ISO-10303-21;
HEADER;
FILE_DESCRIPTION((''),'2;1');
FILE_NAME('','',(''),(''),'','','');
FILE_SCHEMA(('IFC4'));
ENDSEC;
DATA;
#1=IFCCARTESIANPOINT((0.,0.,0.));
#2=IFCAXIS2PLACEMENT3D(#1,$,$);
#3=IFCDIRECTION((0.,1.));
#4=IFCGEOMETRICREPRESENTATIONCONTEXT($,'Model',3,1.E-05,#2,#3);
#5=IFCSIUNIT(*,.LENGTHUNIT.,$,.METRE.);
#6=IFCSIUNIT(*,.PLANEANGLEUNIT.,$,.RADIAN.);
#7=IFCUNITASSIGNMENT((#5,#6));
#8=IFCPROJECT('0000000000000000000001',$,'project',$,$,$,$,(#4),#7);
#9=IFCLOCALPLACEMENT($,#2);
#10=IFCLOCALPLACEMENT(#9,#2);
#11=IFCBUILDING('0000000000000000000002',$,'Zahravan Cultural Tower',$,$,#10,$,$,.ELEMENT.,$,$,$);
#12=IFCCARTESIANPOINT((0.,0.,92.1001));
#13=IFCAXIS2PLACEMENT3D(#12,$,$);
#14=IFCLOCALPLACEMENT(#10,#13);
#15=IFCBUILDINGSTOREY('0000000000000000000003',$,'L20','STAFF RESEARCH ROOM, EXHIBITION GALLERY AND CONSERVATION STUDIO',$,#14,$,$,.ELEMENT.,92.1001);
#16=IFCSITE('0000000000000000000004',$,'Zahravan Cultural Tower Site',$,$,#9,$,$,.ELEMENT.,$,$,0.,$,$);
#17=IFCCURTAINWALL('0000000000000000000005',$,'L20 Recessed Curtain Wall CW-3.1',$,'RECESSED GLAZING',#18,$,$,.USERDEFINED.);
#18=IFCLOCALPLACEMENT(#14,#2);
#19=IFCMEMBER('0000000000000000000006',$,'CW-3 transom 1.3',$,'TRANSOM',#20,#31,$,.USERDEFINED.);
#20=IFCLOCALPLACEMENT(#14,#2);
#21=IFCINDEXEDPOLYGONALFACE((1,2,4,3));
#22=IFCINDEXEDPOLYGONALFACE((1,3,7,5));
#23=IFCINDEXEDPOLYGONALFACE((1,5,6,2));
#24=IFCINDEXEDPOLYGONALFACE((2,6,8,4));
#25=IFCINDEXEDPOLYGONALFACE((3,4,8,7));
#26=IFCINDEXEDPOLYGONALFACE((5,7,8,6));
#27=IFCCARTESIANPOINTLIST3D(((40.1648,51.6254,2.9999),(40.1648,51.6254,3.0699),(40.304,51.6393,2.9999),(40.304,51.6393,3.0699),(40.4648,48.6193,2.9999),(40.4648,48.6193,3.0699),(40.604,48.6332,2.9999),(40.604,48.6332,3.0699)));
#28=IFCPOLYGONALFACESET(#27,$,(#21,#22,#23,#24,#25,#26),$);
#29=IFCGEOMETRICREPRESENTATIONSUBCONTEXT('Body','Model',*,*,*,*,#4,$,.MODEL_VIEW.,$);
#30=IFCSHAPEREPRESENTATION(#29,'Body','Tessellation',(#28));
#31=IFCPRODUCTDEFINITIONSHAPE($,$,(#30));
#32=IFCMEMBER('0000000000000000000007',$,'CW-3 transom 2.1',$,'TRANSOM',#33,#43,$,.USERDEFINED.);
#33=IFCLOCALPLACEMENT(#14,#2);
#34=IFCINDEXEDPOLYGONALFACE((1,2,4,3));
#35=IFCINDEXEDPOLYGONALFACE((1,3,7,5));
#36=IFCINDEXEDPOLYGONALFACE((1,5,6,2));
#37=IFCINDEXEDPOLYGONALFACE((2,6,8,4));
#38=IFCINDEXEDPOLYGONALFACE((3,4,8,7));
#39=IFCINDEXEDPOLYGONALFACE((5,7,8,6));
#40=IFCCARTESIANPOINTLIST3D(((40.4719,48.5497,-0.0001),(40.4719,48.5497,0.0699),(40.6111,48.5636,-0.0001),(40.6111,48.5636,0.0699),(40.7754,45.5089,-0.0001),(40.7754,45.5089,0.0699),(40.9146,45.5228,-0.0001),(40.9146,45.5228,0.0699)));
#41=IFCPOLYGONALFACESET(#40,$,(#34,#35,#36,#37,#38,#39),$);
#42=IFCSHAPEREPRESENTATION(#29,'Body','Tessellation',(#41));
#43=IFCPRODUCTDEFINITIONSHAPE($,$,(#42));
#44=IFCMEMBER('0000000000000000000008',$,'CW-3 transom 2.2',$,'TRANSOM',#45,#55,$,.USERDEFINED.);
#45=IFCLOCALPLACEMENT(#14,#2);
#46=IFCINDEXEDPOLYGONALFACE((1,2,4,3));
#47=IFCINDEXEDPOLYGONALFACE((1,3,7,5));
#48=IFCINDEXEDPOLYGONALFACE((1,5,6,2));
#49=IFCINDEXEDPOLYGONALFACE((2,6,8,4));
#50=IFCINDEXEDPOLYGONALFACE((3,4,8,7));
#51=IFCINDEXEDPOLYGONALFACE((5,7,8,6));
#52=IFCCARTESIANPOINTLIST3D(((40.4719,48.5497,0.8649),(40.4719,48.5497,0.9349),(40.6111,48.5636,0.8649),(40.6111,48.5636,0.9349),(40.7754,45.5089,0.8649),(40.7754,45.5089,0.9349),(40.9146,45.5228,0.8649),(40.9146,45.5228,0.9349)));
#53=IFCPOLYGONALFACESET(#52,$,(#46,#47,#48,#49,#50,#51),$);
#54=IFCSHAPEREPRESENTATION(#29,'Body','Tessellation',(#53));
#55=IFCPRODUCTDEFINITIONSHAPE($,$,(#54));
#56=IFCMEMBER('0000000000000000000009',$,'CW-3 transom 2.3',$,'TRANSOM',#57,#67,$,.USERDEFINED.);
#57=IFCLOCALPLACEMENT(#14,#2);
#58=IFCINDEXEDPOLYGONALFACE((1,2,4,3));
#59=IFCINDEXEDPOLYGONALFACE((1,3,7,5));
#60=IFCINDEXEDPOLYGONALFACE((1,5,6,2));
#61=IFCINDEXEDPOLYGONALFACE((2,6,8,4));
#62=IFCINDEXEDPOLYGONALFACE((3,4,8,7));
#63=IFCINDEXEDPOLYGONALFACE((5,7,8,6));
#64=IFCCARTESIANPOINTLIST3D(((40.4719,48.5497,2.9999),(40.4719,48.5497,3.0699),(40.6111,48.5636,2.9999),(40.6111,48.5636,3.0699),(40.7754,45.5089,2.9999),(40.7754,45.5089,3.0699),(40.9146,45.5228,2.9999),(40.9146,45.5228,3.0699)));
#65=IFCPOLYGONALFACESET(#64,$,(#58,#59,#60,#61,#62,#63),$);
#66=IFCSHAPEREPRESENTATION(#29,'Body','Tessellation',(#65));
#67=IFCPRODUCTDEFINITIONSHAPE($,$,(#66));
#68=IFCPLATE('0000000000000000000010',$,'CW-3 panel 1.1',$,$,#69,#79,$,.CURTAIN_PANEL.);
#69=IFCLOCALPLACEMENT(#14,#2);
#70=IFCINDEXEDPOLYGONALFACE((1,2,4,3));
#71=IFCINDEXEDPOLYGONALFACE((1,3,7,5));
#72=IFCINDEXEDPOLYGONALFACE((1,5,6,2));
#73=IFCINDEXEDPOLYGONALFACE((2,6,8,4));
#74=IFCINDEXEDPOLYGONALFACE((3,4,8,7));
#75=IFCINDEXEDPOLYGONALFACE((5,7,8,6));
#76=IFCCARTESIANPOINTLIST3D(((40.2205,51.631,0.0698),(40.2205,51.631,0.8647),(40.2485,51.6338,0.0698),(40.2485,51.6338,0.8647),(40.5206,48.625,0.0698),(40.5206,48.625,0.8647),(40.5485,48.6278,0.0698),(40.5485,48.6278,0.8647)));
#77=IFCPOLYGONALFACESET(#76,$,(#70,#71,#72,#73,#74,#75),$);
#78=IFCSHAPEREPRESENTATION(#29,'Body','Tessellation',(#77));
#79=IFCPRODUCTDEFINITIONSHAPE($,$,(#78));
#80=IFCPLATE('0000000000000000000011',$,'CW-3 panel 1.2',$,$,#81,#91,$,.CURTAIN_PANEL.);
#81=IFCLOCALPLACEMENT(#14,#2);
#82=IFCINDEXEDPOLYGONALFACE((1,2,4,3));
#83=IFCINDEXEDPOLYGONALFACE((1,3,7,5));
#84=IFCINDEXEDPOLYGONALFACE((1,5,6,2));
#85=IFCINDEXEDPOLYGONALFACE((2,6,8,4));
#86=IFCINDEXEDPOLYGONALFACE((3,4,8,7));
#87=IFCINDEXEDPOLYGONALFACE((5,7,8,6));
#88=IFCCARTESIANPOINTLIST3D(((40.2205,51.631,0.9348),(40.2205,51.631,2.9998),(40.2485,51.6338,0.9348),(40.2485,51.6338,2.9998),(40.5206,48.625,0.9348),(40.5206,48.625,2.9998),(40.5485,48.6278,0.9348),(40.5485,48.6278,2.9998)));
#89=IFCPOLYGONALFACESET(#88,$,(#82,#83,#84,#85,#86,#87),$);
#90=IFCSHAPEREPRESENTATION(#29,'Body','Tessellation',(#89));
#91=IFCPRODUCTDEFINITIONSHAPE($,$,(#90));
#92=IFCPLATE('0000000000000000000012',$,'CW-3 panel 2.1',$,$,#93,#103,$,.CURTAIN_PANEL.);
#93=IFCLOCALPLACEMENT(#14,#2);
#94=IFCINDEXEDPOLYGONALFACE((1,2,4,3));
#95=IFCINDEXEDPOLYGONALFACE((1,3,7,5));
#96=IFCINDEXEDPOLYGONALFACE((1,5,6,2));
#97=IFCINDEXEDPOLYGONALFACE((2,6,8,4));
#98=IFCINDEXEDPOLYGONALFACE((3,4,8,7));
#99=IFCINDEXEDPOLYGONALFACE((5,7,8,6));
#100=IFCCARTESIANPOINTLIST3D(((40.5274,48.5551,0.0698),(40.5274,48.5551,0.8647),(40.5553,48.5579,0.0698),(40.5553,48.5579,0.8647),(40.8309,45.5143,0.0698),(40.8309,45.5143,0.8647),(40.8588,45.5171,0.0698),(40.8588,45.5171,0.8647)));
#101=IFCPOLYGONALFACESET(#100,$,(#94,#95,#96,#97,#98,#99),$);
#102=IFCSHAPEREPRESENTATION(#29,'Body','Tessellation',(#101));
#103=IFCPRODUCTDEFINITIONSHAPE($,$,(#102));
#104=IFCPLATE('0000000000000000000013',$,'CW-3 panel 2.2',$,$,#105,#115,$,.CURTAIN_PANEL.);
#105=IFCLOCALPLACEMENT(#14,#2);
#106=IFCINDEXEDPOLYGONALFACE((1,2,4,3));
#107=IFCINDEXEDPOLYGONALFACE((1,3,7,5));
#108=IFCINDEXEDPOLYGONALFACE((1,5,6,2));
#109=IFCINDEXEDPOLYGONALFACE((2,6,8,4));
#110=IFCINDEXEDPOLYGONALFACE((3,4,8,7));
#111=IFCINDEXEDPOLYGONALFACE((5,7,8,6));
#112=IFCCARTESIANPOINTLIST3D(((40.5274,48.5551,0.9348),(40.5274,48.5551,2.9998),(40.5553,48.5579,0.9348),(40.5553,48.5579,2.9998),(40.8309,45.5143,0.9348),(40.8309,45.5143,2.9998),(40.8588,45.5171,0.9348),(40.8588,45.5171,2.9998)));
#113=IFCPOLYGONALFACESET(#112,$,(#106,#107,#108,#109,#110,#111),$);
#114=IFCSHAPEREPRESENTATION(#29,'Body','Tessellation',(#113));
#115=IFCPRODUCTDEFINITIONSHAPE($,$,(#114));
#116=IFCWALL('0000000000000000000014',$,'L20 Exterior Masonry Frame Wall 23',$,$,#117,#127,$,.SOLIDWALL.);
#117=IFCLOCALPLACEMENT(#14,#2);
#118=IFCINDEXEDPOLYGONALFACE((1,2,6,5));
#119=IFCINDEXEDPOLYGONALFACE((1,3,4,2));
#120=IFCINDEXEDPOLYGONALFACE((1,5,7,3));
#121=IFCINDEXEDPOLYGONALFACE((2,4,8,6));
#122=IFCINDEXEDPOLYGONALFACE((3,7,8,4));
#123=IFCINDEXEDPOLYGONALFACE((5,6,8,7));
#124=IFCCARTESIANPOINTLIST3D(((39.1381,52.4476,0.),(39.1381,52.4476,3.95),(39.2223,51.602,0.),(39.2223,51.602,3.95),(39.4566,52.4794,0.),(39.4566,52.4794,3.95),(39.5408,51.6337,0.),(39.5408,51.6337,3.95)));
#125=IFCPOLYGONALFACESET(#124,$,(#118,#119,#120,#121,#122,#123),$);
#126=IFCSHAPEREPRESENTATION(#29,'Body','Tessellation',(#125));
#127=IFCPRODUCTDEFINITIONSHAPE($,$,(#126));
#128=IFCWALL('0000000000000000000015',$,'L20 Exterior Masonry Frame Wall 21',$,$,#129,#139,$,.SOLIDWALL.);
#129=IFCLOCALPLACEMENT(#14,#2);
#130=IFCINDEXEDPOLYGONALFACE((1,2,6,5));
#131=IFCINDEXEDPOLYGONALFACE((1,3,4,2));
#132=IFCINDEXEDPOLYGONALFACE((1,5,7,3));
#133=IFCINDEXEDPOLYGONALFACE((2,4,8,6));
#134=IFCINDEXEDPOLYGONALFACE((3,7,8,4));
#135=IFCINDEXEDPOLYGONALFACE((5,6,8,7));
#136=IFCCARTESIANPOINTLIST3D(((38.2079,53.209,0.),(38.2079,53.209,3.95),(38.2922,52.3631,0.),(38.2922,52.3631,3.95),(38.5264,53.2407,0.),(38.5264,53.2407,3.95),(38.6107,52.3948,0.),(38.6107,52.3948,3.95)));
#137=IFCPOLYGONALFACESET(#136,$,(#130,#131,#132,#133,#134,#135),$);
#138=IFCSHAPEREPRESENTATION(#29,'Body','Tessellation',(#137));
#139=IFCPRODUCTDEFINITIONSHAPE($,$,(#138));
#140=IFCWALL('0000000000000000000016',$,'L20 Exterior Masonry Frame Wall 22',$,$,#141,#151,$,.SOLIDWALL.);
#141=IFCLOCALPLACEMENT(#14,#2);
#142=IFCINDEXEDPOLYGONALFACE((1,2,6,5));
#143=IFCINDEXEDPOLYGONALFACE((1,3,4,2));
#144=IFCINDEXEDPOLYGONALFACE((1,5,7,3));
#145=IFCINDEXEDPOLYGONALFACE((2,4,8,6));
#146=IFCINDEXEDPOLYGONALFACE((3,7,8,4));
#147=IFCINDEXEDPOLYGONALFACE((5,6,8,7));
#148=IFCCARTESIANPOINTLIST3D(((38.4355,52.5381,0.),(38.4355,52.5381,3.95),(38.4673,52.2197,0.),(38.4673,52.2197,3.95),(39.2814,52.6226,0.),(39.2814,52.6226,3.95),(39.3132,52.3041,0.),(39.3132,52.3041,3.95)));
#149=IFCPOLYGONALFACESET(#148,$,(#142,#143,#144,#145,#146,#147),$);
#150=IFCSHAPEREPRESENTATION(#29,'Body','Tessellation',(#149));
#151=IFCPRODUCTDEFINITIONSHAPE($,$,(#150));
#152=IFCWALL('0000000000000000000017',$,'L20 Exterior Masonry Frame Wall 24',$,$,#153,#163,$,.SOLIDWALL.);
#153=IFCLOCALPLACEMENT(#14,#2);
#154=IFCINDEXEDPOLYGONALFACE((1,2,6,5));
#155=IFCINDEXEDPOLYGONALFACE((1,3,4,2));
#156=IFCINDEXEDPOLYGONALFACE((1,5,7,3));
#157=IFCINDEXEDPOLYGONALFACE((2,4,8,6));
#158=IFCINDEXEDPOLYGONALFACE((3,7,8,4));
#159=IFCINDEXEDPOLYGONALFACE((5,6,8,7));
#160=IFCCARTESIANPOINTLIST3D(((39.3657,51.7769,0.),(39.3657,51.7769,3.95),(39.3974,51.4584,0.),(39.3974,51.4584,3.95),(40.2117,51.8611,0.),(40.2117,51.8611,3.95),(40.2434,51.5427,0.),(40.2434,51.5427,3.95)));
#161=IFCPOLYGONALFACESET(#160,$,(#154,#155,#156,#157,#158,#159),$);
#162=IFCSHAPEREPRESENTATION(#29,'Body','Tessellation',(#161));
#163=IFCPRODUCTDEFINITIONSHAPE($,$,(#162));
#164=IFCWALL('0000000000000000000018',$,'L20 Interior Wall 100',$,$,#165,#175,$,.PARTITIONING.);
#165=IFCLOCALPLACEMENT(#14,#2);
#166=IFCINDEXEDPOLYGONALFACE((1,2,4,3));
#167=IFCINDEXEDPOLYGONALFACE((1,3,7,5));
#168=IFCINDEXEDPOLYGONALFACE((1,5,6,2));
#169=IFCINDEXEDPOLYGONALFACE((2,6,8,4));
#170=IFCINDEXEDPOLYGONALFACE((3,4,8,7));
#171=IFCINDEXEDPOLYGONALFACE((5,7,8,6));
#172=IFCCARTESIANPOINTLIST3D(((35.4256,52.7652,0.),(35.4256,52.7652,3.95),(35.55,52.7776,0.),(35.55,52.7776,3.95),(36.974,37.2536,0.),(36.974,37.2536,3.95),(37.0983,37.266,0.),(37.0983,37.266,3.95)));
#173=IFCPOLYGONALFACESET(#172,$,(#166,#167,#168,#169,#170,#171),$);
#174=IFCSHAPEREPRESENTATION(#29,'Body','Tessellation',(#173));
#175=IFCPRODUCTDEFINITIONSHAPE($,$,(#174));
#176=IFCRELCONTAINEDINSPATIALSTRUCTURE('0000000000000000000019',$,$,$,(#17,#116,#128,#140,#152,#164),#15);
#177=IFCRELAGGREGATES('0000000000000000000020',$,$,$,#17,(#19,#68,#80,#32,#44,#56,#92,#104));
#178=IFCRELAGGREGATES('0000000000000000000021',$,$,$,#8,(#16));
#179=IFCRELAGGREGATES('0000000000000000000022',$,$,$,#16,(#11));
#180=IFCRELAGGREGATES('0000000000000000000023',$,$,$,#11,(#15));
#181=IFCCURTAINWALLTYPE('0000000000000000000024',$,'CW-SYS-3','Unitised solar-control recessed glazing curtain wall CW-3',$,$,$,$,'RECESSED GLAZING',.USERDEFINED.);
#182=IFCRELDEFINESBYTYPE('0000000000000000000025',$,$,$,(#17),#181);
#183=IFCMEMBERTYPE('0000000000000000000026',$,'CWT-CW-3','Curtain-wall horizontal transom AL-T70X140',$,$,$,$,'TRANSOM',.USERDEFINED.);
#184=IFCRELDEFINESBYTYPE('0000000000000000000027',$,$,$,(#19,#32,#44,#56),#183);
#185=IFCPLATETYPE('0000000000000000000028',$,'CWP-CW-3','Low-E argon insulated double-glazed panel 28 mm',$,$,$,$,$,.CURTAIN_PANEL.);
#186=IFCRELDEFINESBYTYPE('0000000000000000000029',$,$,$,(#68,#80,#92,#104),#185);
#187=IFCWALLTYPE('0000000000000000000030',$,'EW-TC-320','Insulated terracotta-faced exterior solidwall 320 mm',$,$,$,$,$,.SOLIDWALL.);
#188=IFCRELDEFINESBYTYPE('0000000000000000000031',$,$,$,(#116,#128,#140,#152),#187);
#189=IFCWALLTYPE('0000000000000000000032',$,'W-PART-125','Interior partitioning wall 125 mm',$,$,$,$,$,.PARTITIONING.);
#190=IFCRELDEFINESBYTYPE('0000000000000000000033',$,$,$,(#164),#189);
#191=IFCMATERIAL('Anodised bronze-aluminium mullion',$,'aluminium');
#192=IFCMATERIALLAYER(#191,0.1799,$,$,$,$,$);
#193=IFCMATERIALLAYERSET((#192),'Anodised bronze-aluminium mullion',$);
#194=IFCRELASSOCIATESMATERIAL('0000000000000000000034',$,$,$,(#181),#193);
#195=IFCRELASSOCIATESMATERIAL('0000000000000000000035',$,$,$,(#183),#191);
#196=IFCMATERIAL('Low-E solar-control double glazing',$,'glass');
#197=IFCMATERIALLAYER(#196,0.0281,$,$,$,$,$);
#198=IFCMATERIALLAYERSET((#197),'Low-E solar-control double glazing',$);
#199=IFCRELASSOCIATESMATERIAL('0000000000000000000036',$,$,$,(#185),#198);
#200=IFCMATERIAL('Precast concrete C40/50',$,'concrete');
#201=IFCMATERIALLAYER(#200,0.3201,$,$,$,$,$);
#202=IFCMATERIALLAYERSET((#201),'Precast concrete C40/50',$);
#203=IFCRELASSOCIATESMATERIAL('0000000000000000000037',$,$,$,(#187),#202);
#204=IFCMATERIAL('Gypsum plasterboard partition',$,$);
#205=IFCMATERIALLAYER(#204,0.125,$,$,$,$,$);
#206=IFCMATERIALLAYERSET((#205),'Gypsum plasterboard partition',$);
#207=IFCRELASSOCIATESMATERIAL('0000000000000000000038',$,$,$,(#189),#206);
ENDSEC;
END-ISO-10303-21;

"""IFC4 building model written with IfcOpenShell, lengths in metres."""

from ifc_helpers import new_model, si_unit, direction, frame, frame_2d, origin, origin_2d, place, context, subcontext, project, spatial, rectangle, extrude, source, transform, mapped, material, layer, layer_set, material_profile, profile_set, type_object, element, aggregate, save


model = new_model("IFC4")

# Units and contexts
model_context = context("Model", 3, precision=1e-05, world=origin(), true_north=direction((0.0, 1.0)))
body_context = subcontext(model_context, "Body", "Model", "MODEL_VIEW")
ifc_project = project(units=[si_unit("LENGTHUNIT", "METRE"), si_unit("PLANEANGLEUNIT", "RADIAN")], contexts=[model_context])

# Site, building, storey
site_placement = place(None, origin())
site = spatial("IfcSite", under=ifc_project, at=site_placement, Name="Zahravan Cultural Tower Site", CompositionType="ELEMENT", RefElevation=0.0)
building_placement = place(site_placement, origin())
building = spatial("IfcBuilding", under=site, at=building_placement, Name="Zahravan Cultural Tower", CompositionType="ELEMENT")
storey_placement = place(building_placement, frame((0.0, 0.0, 92.1001)))
storey = spatial("IfcBuildingStorey", under=building, at=storey_placement, Name="L20", Description="STAFF RESEARCH ROOM, EXHIBITION GALLERY AND CONSERVATION STUDIO", CompositionType="ELEMENT", Elevation=92.1001)

# Curtain wall, members, plates
ifc_material_1 = material(Name="Anodised bronze-aluminium mullion", Category="aluminium")
ifc_layer_1 = layer(ifc_material_1, 0.1799)
ifc_layer_set_1 = layer_set([ifc_layer_1], Name="Anodised bronze-aluminium mullion")
curtain_wall_type = type_object("IfcCurtainWallType", Name="CW-SYS-3", Description="Unitised solar-control recessed glazing curtain wall CW-3", ElementType="RECESSED GLAZING", PredefinedType="USERDEFINED", material=ifc_layer_set_1)
curtain_wall_placement = place(storey_placement, origin())
curtain_wall = element("IfcCurtainWall", 1, at=curtain_wall_placement, inside=storey, type_object=curtain_wall_type, Name="L20 Recessed Curtain Wall CW-3.1", ObjectType="RECESSED GLAZING", PredefinedType="USERDEFINED")
ifc_material_profile_1 = material_profile(ifc_material_1, rectangle(XDim=0.1399, YDim=0.0701, at=origin_2d()), Name="AL-T70X140")
ifc_profile_set_1 = profile_set([ifc_material_profile_1], Name="Anodised bronze-aluminium mullion")
member_type_1 = type_object("IfcMemberType", Name="CWT-CW-3", Description="Curtain-wall horizontal transom AL-T70X140", ElementType="TRANSOM", PredefinedType="USERDEFINED", material=ifc_profile_set_1)
shared_shape_1 = source(origin(), body_context, "Body", "SweptSolid", [
    extrude(rectangle(XDim=0.1399, YDim=0.0701, at=origin_2d()), origin(), (0.0, 0.0, 1.0), 3.021),
])
member_1_placement = place(storey_placement, frame((40.2344, 51.6323, 3.0349), z_axis=(0.09932, -0.995056, 0.0), x_axis=(0.995056, 0.09932, 0.0)))
member_1 = element("IfcMember", 2, at=member_1_placement, type_object=member_type_1, Name="CW-3 transom 1.3", ObjectType="TRANSOM", PredefinedType="USERDEFINED", context=body_context, shape_type="MappedRepresentation", body=[
    mapped(shared_shape_1, transform((0.0, 0.0, 0.0), x_axis=(1.0, 0.0, 0.0), y_axis=(0.0, 1.0, 0.0), z_axis=(0.0, 0.0, 1.0), scale=1.0)),
])
shared_shape_2 = source(origin(), body_context, "Body", "SweptSolid", [
    extrude(rectangle(XDim=0.1399, YDim=0.0701, at=origin_2d()), origin(), (0.0, 0.0, 1.0), 3.0559),
])
member_2_placement = place(storey_placement, frame((40.5415, 48.5566, 0.0349), z_axis=(0.099306, -0.995057, 0.0), x_axis=(0.995057, 0.099306, 0.0)))
member_2 = element("IfcMember", 3, at=member_2_placement, type_object=member_type_1, Name="CW-3 transom 2.1", ObjectType="TRANSOM", PredefinedType="USERDEFINED", context=body_context, shape_type="MappedRepresentation", body=[
    mapped(shared_shape_2, transform((0.0, 0.0, 0.0), x_axis=(1.0, 0.0, 0.0), y_axis=(0.0, 1.0, 0.0), z_axis=(0.0, 0.0, 1.0), scale=1.0)),
])
member_3_placement = place(storey_placement, frame((40.5415, 48.5566, 0.8999), z_axis=(0.099306, -0.995057, 0.0), x_axis=(0.995057, 0.099306, 0.0)))
member_3 = element("IfcMember", 4, at=member_3_placement, type_object=member_type_1, Name="CW-3 transom 2.2", ObjectType="TRANSOM", PredefinedType="USERDEFINED", context=body_context, shape_type="MappedRepresentation", body=[
    mapped(shared_shape_2, transform((0.0, 0.0, 0.0), x_axis=(1.0, 0.0, 0.0), y_axis=(0.0, 1.0, 0.0), z_axis=(0.0, 0.0, 1.0), scale=1.0)),
])
member_4_placement = place(storey_placement, frame((40.5415, 48.5566, 3.0349), z_axis=(0.099306, -0.995057, 0.0), x_axis=(0.995057, 0.099306, 0.0)))
member_4 = element("IfcMember", 5, at=member_4_placement, type_object=member_type_1, Name="CW-3 transom 2.3", ObjectType="TRANSOM", PredefinedType="USERDEFINED", context=body_context, shape_type="MappedRepresentation", body=[
    mapped(shared_shape_2, transform((0.0, 0.0, 0.0), x_axis=(1.0, 0.0, 0.0), y_axis=(0.0, 1.0, 0.0), z_axis=(0.0, 0.0, 1.0), scale=1.0)),
])
ifc_material_2 = material(Name="Low-E solar-control double glazing", Category="glass")
ifc_layer_2 = layer(ifc_material_2, 0.0281)
ifc_layer_set_2 = layer_set([ifc_layer_2], Name="Low-E solar-control double glazing")
plate_type = type_object("IfcPlateType", Name="CWP-CW-3", Description="Low-E argon insulated double-glazed panel 28 mm", PredefinedType="CURTAIN_PANEL", material=ifc_layer_set_2)
shared_shape_3 = source(origin(), body_context, "Body", "SweptSolid", [
    extrude(rectangle(XDim=3.021, YDim=0.0281, at=origin_2d()), origin(), (0.0, 0.0, 1.0), 0.7949),
])
plate_1_placement = place(storey_placement, frame((40.3845, 50.1294, 0.0698), z_axis=(0.0, 0.0, 1.0), x_axis=(0.099322, -0.995055, 0.0)))
plate_1 = element("IfcPlate", 6, at=plate_1_placement, type_object=plate_type, Name="CW-3 panel 1.1", PredefinedType="CURTAIN_PANEL", context=body_context, shape_type="MappedRepresentation", body=[
    mapped(shared_shape_3, transform((0.0, 0.0, 0.0), x_axis=(1.0, 0.0, 0.0), y_axis=(0.0, 1.0, 0.0), z_axis=(0.0, 0.0, 1.0), scale=1.0)),
])
shared_shape_4 = source(origin(), body_context, "Body", "SweptSolid", [
    extrude(rectangle(XDim=3.021, YDim=0.0281, at=origin_2d()), origin(), (0.0, 0.0, 1.0), 2.0649),
])
plate_2_placement = place(storey_placement, frame((40.3845, 50.1294, 0.9348), z_axis=(0.0, 0.0, 1.0), x_axis=(0.099322, -0.995055, 0.0)))
plate_2 = element("IfcPlate", 7, at=plate_2_placement, type_object=plate_type, Name="CW-3 panel 1.2", PredefinedType="CURTAIN_PANEL", context=body_context, shape_type="MappedRepresentation", body=[
    mapped(shared_shape_4, transform((0.0, 0.0, 0.0), x_axis=(1.0, 0.0, 0.0), y_axis=(0.0, 1.0, 0.0), z_axis=(0.0, 0.0, 1.0), scale=1.0)),
])
shared_shape_5 = source(origin(), body_context, "Body", "SweptSolid", [
    extrude(rectangle(XDim=3.0559, YDim=0.0281, at=origin_2d()), origin(), (0.0, 0.0, 1.0), 0.7949),
])
plate_3_placement = place(storey_placement, frame((40.6931, 47.0361, 0.0698), z_axis=(0.0, 0.0, 1.0), x_axis=(0.099322, -0.995055, 0.0)))
plate_3 = element("IfcPlate", 8, at=plate_3_placement, type_object=plate_type, Name="CW-3 panel 2.1", PredefinedType="CURTAIN_PANEL", context=body_context, shape_type="MappedRepresentation", body=[
    mapped(shared_shape_5, transform((0.0, 0.0, 0.0), x_axis=(1.0, 0.0, 0.0), y_axis=(0.0, 1.0, 0.0), z_axis=(0.0, 0.0, 1.0), scale=1.0)),
])
shared_shape_6 = source(origin(), body_context, "Body", "SweptSolid", [
    extrude(rectangle(XDim=3.0559, YDim=0.0281, at=origin_2d()), origin(), (0.0, 0.0, 1.0), 2.0649),
])
plate_4_placement = place(storey_placement, frame((40.6931, 47.0361, 0.9348), z_axis=(0.0, 0.0, 1.0), x_axis=(0.099322, -0.995055, 0.0)))
plate_4 = element("IfcPlate", 9, at=plate_4_placement, type_object=plate_type, Name="CW-3 panel 2.2", PredefinedType="CURTAIN_PANEL", context=body_context, shape_type="MappedRepresentation", body=[
    mapped(shared_shape_6, transform((0.0, 0.0, 0.0), x_axis=(1.0, 0.0, 0.0), y_axis=(0.0, 1.0, 0.0), z_axis=(0.0, 0.0, 1.0), scale=1.0)),
])
aggregate(curtain_wall, [member_1, plate_1, plate_2, member_2, member_3, member_4, plate_3, plate_4])

# Walls
ifc_material_3 = material(Name="Precast concrete C40/50", Category="concrete")
ifc_layer_3 = layer(ifc_material_3, 0.3201)
ifc_layer_set_3 = layer_set([ifc_layer_3], Name="Precast concrete C40/50")
wall_type_1 = type_object("IfcWallType", Name="EW-TC-320", Description="Insulated terracotta-faced exterior solidwall 320 mm", PredefinedType="SOLIDWALL", material=ifc_layer_set_3)
shared_shape_7 = source(origin(), body_context, "Body", "SweptSolid", [
    extrude(rectangle(XDim=0.8499, YDim=0.3201, at=frame_2d((0.4248, 0.0))), origin(), (0.0, 0.0, 1.0), 3.95),
])
wall_1_placement = place(storey_placement, frame((39.2974, 52.4634, 0.0), z_axis=(0.0, 0.0, 1.0), x_axis=(0.099106, -0.995077, 0.0)))
element("IfcWall", 10, at=wall_1_placement, inside=storey, type_object=wall_type_1, Name="L20 Exterior Masonry Frame Wall 23", PredefinedType="SOLIDWALL", context=body_context, shape_type="MappedRepresentation", body=[
    mapped(shared_shape_7, transform((0.0, 0.0, 0.0), x_axis=(1.0, 0.0, 0.0), y_axis=(0.0, 1.0, 0.0), z_axis=(0.0, 0.0, 1.0), scale=1.0)),
])
shared_shape_8 = source(origin(), body_context, "Body", "SweptSolid", [
    extrude(rectangle(XDim=0.8501, YDim=0.3201, at=frame_2d((0.425, 0.0))), origin(), (0.0, 0.0, 1.0), 3.95),
])
for number, where, z_axis, x_axis, name in (
    (11, (38.3672, 53.2249, 0.0), (0.0, 0.0, 1.0), (0.099077, -0.99508, 0.0), "L20 Exterior Masonry Frame Wall 21"),
    (12, (38.4514, 52.3789, 0.0), (0.0, 0.0, 1.0), (0.995051, 0.099362, 0.0), "L20 Exterior Masonry Frame Wall 22"),
    (13, (39.3816, 51.6177, 0.0), (0.0, 0.0, 1.0), (0.99508, 0.099077, 0.0), "L20 Exterior Masonry Frame Wall 24"),
):
    element("IfcWall", number, at=place(storey_placement, frame(where, z_axis=z_axis, x_axis=x_axis)), inside=storey, type_object=wall_type_1, Name=name, PredefinedType="SOLIDWALL", context=body_context, shape_type="MappedRepresentation", body=[
        mapped(shared_shape_8, transform((0.0, 0.0, 0.0), x_axis=(1.0, 0.0, 0.0), y_axis=(0.0, 1.0, 0.0), z_axis=(0.0, 0.0, 1.0), scale=1.0)),
    ])
ifc_material_4 = material(Name="Gypsum plasterboard partition")
ifc_layer_4 = layer(ifc_material_4, 0.125)
ifc_layer_set_4 = layer_set([ifc_layer_4], Name="Gypsum plasterboard partition")
wall_type_2 = type_object("IfcWallType", Name="W-PART-125", Description="Interior partitioning wall 125 mm", PredefinedType="PARTITIONING", material=ifc_layer_set_4)
shared_shape_9 = source(origin(), body_context, "Body", "SweptSolid", [
    extrude(rectangle(XDim=15.5886, YDim=0.125, at=frame_2d((7.7944, 0.0))), origin(), (0.0, 0.0, 1.0), 3.95),
])
wall_2_placement = place(storey_placement, frame((35.4878, 52.7715, 0.0), z_axis=(0.0, 0.0, 1.0), x_axis=(0.099325, -0.995055, 0.0)))
element("IfcWall", 14, at=wall_2_placement, inside=storey, type_object=wall_type_2, Name="L20 Interior Wall 100", PredefinedType="PARTITIONING", context=body_context, shape_type="MappedRepresentation", body=[
    mapped(shared_shape_9, transform((0.0, 0.0, 0.0), x_axis=(1.0, 0.0, 0.0), y_axis=(0.0, 1.0, 0.0), z_axis=(0.0, 0.0, 1.0), scale=1.0)),
])

save(model, "model.ifc")
